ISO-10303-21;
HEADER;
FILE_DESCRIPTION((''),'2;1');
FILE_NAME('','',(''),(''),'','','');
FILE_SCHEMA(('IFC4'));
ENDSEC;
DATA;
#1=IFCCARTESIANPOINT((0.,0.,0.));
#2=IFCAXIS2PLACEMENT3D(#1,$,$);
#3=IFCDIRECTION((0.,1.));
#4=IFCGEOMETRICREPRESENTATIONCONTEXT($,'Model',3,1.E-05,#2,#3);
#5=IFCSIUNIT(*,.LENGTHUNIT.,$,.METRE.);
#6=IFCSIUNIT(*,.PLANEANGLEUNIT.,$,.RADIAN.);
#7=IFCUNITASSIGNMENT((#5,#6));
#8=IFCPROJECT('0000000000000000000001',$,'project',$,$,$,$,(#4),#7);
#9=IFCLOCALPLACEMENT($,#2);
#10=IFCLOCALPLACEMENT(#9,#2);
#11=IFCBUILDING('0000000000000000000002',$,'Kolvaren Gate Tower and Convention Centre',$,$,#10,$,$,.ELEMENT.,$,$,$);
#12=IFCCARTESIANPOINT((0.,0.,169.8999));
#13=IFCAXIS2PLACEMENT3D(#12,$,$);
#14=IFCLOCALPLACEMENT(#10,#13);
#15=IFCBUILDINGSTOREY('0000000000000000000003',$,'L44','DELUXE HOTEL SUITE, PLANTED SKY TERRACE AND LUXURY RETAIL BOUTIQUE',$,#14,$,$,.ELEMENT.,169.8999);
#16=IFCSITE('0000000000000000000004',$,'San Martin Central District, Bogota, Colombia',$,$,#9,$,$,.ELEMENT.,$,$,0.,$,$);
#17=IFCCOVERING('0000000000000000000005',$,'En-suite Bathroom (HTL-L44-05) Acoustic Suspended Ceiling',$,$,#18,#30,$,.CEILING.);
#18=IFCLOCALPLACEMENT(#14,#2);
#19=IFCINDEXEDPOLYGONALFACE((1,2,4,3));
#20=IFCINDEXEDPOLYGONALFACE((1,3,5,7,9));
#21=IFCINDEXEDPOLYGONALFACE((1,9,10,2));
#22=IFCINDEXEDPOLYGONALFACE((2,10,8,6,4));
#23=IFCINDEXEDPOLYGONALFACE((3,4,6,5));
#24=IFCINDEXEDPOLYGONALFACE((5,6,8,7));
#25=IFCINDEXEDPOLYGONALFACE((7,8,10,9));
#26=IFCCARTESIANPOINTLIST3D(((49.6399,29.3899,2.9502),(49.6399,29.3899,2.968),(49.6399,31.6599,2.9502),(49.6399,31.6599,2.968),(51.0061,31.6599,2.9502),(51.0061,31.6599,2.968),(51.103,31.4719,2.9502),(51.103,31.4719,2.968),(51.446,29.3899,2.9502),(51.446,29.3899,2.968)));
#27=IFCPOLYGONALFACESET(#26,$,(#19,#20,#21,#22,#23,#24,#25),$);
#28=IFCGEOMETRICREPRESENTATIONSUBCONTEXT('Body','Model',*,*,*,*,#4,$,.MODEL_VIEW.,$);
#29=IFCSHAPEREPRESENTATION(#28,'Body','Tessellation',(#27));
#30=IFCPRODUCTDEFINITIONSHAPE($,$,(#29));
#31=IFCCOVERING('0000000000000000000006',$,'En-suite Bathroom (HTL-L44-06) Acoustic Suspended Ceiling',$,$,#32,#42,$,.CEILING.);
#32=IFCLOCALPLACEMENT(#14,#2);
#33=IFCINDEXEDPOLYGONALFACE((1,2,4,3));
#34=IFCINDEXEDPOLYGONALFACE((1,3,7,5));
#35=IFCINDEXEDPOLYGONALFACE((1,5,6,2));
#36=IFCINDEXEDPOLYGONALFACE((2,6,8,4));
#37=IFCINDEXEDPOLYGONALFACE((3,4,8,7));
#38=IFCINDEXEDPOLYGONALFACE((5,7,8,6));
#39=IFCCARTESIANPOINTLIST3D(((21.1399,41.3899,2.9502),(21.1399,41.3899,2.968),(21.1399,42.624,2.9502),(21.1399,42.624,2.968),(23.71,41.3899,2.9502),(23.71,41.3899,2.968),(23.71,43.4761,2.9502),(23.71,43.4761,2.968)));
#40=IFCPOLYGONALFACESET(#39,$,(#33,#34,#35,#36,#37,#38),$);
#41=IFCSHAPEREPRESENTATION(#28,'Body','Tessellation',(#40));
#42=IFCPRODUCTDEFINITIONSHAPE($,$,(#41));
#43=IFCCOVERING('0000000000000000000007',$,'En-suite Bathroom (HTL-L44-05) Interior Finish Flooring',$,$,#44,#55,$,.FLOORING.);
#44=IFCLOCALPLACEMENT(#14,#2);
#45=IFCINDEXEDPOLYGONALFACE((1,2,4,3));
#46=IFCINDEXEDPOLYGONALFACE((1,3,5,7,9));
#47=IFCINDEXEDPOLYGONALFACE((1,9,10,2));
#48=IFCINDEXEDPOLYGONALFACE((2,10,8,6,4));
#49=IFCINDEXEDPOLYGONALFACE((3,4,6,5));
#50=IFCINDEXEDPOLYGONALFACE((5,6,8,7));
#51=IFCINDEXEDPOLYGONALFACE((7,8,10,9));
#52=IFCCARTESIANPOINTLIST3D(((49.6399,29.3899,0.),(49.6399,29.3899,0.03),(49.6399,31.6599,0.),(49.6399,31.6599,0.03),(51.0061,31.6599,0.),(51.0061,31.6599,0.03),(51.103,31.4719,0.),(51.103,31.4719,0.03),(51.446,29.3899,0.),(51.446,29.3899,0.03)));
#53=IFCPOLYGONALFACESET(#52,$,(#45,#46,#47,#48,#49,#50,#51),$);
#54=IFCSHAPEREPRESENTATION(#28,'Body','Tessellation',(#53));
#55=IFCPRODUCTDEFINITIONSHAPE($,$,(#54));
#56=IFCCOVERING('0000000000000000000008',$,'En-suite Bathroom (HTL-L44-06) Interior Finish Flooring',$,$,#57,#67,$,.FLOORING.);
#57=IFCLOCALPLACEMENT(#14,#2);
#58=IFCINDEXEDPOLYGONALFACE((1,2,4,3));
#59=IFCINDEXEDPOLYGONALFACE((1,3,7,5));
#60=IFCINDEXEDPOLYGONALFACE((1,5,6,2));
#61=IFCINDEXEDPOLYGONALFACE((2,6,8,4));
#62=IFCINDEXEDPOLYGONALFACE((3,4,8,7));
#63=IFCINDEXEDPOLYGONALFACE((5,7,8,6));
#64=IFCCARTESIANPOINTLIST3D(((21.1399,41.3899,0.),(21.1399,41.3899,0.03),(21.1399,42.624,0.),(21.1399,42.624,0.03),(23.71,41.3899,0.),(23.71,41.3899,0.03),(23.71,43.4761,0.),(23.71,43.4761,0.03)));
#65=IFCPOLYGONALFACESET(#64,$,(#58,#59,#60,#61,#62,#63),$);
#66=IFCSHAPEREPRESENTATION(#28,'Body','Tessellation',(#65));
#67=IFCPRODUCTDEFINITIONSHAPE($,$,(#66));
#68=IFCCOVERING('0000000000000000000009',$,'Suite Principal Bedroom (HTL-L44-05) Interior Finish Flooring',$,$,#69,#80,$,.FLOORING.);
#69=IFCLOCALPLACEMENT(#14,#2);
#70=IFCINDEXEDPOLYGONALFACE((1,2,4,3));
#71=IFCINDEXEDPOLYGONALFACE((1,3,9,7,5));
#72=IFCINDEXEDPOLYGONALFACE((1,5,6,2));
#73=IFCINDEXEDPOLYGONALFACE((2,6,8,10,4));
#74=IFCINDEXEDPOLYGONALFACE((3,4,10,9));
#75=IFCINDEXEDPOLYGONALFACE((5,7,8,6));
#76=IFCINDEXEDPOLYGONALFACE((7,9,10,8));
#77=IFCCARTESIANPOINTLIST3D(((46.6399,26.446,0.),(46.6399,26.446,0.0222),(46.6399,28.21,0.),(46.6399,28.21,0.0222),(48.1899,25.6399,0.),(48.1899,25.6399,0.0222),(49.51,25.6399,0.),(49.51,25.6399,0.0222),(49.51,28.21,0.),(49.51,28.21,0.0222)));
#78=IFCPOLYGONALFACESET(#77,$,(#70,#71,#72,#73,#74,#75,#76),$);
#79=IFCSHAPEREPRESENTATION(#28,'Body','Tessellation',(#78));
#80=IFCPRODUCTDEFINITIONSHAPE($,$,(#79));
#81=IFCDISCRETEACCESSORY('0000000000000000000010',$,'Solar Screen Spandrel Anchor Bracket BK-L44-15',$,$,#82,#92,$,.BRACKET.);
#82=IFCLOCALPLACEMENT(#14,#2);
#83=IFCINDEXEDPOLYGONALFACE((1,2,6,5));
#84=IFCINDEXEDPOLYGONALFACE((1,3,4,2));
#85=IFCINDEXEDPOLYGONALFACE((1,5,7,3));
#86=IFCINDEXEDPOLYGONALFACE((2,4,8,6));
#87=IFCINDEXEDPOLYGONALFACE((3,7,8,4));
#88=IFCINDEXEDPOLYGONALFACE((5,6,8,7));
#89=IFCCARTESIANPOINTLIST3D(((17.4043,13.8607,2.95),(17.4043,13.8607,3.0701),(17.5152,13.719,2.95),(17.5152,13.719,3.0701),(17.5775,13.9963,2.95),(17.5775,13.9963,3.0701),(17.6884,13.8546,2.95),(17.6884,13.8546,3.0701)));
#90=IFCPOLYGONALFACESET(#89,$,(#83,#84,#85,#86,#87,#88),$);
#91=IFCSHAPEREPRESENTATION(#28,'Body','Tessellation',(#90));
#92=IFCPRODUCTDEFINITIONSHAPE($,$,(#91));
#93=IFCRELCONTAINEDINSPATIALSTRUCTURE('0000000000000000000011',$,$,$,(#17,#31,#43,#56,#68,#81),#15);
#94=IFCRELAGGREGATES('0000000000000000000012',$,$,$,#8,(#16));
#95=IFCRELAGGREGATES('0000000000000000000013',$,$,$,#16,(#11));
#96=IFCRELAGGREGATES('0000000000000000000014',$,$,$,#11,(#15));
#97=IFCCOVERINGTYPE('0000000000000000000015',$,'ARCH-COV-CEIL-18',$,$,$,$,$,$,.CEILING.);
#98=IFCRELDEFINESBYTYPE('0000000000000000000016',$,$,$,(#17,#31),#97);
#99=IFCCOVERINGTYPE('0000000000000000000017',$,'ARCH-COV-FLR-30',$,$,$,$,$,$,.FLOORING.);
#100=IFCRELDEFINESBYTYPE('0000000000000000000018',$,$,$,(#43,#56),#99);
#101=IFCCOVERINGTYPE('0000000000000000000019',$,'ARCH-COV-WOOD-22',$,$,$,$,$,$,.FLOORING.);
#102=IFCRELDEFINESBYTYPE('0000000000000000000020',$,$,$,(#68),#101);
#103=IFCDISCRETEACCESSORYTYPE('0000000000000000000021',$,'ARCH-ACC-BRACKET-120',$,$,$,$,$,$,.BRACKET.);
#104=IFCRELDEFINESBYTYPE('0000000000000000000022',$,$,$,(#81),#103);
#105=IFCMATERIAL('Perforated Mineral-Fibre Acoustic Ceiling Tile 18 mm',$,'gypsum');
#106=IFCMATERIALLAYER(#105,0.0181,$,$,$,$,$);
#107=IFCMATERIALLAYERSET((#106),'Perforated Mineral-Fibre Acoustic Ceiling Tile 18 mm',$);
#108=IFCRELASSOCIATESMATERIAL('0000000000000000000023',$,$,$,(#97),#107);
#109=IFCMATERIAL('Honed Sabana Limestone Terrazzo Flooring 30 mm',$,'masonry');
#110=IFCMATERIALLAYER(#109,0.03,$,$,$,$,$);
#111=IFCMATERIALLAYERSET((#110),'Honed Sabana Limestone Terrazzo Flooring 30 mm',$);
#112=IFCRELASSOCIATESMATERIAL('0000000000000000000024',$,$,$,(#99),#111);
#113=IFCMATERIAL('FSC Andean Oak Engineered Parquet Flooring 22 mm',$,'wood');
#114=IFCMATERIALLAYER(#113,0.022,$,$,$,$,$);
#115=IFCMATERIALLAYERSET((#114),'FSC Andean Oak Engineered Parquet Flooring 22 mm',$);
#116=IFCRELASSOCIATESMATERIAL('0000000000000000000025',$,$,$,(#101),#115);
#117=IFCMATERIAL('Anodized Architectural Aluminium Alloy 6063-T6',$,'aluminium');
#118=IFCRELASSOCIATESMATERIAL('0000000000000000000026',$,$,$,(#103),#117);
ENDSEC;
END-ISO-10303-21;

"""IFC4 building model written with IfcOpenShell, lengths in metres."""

from ifc_helpers import new_model, si_unit, direction, frame, origin, origin_2d, place, context, subcontext, project, spatial, polyline, rectangle, outline, extrude, material, layer, layer_set, type_object, element, save


model = new_model("IFC4")

# Units and contexts
model_context = context("Model", 3, precision=1e-05, world=origin(), true_north=direction((0.0, 1.0)))
body_context = subcontext(model_context, "Body", "Model", "MODEL_VIEW")
ifc_project = project(units=[si_unit("LENGTHUNIT", "METRE"), si_unit("PLANEANGLEUNIT", "RADIAN")], contexts=[model_context])

# Site, building, storey
site_placement = place(None, origin())
site = spatial("IfcSite", under=ifc_project, at=site_placement, Name="San Martin Central District, Bogota, Colombia", CompositionType="ELEMENT", RefElevation=0.0)
building_placement = place(site_placement, origin())
building = spatial("IfcBuilding", under=site, at=building_placement, Name="Kolvaren Gate Tower and Convention Centre", CompositionType="ELEMENT")
storey_placement = place(building_placement, frame((0.0, 0.0, 169.8999)))
storey = spatial("IfcBuildingStorey", under=building, at=storey_placement, Name="L44", Description="DELUXE HOTEL SUITE, PLANTED SKY TERRACE AND LUXURY RETAIL BOUTIQUE", CompositionType="ELEMENT", Elevation=169.8999)

# Shared definitions
ifc_material_1 = material(Name="Anodized Architectural Aluminium Alloy 6063-T6", Category="aluminium")

# Coverings
ifc_material_2 = material(Name="Perforated Mineral-Fibre Acoustic Ceiling Tile 18 mm", Category="gypsum")
ifc_layer_1 = layer(ifc_material_2, 0.0181)
ifc_layer_set_1 = layer_set([ifc_layer_1], Name="Perforated Mineral-Fibre Acoustic Ceiling Tile 18 mm")
covering_type_1 = type_object("IfcCoveringType", Name="ARCH-COV-CEIL-18", PredefinedType="CEILING", material=ifc_layer_set_1)
covering_1_placement = place(storey_placement, frame((0.0, 0.0, 2.9502)))
element("IfcCovering", 1, at=covering_1_placement, inside=storey, type_object=covering_type_1, Name="En-suite Bathroom (HTL-L44-05) Acoustic Suspended Ceiling", PredefinedType="CEILING", context=body_context, shape_type="SweptSolid", body=[
    extrude(outline(polyline([(49.6399, 29.3899), (49.6399, 31.6599), (51.0061, 31.6599), (51.103, 31.4719), (51.446, 29.3899), (49.6399, 29.3899)])), origin(), (0.0, 0.0, 1.0), 0.0178),
])
covering_2_placement = place(storey_placement, frame((0.0, 0.0, 2.9502)))
element("IfcCovering", 2, at=covering_2_placement, inside=storey, type_object=covering_type_1, Name="En-suite Bathroom (HTL-L44-06) Acoustic Suspended Ceiling", PredefinedType="CEILING", context=body_context, shape_type="SweptSolid", body=[
    extrude(outline(polyline([(23.71, 41.3899), (21.1399, 41.3899), (21.1399, 42.624), (23.71, 43.4761), (23.71, 41.3899)])), origin(), (0.0, 0.0, 1.0), 0.0178),
])
ifc_material_3 = material(Name="Honed Sabana Limestone Terrazzo Flooring 30 mm", Category="masonry")
ifc_layer_2 = layer(ifc_material_3, 0.03)
ifc_layer_set_2 = layer_set([ifc_layer_2], Name="Honed Sabana Limestone Terrazzo Flooring 30 mm")
covering_type_2 = type_object("IfcCoveringType", Name="ARCH-COV-FLR-30", PredefinedType="FLOORING", material=ifc_layer_set_2)
covering_3_placement = place(storey_placement, origin())
element("IfcCovering", 3, at=covering_3_placement, inside=storey, type_object=covering_type_2, Name="En-suite Bathroom (HTL-L44-05) Interior Finish Flooring", PredefinedType="FLOORING", context=body_context, shape_type="SweptSolid", body=[
    extrude(outline(polyline([(49.6399, 29.3899), (49.6399, 31.6599), (51.0061, 31.6599), (51.103, 31.4719), (51.446, 29.3899), (49.6399, 29.3899)])), origin(), (0.0, 0.0, 1.0), 0.03),
])
covering_4_placement = place(storey_placement, origin())
element("IfcCovering", 4, at=covering_4_placement, inside=storey, type_object=covering_type_2, Name="En-suite Bathroom (HTL-L44-06) Interior Finish Flooring", PredefinedType="FLOORING", context=body_context, shape_type="SweptSolid", body=[
    extrude(outline(polyline([(23.71, 41.3899), (21.1399, 41.3899), (21.1399, 42.624), (23.71, 43.4761), (23.71, 41.3899)])), origin(), (0.0, 0.0, 1.0), 0.03),
])
ifc_material_4 = material(Name="FSC Andean Oak Engineered Parquet Flooring 22 mm", Category="wood")
ifc_layer_3 = layer(ifc_material_4, 0.022)
ifc_layer_set_3 = layer_set([ifc_layer_3], Name="FSC Andean Oak Engineered Parquet Flooring 22 mm")
covering_type_3 = type_object("IfcCoveringType", Name="ARCH-COV-WOOD-22", PredefinedType="FLOORING", material=ifc_layer_set_3)
covering_5_placement = place(storey_placement, origin())
element("IfcCovering", 5, at=covering_5_placement, inside=storey, type_object=covering_type_3, Name="Suite Principal Bedroom (HTL-L44-05) Interior Finish Flooring", PredefinedType="FLOORING", context=body_context, shape_type="SweptSolid", body=[
    extrude(outline(polyline([(46.6399, 28.21), (49.51, 28.21), (49.51, 25.6399), (48.1899, 25.6399), (46.6399, 26.446), (46.6399, 28.21)])), origin(), (0.0, 0.0, 1.0), 0.0222),
])

# Discrete accessory
discrete_accessory_type = type_object("IfcDiscreteAccessoryType", Name="ARCH-ACC-BRACKET-120", PredefinedType="BRACKET", material=ifc_material_1)
discrete_accessory_placement = place(storey_placement, frame((17.5464, 13.8577, 2.95), z_axis=(0.0, 0.0, 1.0), x_axis=(0.616434, -0.787406, 0.0)))
element("IfcDiscreteAccessory", 6, at=discrete_accessory_placement, inside=storey, type_object=discrete_accessory_type, Name="Solar Screen Spandrel Anchor Bracket BK-L44-15", PredefinedType="BRACKET", context=body_context, shape_type="SweptSolid", body=[
    extrude(rectangle(XDim=0.1799, YDim=0.22, at=origin_2d()), origin(), (0.0, 0.0, 1.0), 0.1201),
])

save(model, "model.ifc")
